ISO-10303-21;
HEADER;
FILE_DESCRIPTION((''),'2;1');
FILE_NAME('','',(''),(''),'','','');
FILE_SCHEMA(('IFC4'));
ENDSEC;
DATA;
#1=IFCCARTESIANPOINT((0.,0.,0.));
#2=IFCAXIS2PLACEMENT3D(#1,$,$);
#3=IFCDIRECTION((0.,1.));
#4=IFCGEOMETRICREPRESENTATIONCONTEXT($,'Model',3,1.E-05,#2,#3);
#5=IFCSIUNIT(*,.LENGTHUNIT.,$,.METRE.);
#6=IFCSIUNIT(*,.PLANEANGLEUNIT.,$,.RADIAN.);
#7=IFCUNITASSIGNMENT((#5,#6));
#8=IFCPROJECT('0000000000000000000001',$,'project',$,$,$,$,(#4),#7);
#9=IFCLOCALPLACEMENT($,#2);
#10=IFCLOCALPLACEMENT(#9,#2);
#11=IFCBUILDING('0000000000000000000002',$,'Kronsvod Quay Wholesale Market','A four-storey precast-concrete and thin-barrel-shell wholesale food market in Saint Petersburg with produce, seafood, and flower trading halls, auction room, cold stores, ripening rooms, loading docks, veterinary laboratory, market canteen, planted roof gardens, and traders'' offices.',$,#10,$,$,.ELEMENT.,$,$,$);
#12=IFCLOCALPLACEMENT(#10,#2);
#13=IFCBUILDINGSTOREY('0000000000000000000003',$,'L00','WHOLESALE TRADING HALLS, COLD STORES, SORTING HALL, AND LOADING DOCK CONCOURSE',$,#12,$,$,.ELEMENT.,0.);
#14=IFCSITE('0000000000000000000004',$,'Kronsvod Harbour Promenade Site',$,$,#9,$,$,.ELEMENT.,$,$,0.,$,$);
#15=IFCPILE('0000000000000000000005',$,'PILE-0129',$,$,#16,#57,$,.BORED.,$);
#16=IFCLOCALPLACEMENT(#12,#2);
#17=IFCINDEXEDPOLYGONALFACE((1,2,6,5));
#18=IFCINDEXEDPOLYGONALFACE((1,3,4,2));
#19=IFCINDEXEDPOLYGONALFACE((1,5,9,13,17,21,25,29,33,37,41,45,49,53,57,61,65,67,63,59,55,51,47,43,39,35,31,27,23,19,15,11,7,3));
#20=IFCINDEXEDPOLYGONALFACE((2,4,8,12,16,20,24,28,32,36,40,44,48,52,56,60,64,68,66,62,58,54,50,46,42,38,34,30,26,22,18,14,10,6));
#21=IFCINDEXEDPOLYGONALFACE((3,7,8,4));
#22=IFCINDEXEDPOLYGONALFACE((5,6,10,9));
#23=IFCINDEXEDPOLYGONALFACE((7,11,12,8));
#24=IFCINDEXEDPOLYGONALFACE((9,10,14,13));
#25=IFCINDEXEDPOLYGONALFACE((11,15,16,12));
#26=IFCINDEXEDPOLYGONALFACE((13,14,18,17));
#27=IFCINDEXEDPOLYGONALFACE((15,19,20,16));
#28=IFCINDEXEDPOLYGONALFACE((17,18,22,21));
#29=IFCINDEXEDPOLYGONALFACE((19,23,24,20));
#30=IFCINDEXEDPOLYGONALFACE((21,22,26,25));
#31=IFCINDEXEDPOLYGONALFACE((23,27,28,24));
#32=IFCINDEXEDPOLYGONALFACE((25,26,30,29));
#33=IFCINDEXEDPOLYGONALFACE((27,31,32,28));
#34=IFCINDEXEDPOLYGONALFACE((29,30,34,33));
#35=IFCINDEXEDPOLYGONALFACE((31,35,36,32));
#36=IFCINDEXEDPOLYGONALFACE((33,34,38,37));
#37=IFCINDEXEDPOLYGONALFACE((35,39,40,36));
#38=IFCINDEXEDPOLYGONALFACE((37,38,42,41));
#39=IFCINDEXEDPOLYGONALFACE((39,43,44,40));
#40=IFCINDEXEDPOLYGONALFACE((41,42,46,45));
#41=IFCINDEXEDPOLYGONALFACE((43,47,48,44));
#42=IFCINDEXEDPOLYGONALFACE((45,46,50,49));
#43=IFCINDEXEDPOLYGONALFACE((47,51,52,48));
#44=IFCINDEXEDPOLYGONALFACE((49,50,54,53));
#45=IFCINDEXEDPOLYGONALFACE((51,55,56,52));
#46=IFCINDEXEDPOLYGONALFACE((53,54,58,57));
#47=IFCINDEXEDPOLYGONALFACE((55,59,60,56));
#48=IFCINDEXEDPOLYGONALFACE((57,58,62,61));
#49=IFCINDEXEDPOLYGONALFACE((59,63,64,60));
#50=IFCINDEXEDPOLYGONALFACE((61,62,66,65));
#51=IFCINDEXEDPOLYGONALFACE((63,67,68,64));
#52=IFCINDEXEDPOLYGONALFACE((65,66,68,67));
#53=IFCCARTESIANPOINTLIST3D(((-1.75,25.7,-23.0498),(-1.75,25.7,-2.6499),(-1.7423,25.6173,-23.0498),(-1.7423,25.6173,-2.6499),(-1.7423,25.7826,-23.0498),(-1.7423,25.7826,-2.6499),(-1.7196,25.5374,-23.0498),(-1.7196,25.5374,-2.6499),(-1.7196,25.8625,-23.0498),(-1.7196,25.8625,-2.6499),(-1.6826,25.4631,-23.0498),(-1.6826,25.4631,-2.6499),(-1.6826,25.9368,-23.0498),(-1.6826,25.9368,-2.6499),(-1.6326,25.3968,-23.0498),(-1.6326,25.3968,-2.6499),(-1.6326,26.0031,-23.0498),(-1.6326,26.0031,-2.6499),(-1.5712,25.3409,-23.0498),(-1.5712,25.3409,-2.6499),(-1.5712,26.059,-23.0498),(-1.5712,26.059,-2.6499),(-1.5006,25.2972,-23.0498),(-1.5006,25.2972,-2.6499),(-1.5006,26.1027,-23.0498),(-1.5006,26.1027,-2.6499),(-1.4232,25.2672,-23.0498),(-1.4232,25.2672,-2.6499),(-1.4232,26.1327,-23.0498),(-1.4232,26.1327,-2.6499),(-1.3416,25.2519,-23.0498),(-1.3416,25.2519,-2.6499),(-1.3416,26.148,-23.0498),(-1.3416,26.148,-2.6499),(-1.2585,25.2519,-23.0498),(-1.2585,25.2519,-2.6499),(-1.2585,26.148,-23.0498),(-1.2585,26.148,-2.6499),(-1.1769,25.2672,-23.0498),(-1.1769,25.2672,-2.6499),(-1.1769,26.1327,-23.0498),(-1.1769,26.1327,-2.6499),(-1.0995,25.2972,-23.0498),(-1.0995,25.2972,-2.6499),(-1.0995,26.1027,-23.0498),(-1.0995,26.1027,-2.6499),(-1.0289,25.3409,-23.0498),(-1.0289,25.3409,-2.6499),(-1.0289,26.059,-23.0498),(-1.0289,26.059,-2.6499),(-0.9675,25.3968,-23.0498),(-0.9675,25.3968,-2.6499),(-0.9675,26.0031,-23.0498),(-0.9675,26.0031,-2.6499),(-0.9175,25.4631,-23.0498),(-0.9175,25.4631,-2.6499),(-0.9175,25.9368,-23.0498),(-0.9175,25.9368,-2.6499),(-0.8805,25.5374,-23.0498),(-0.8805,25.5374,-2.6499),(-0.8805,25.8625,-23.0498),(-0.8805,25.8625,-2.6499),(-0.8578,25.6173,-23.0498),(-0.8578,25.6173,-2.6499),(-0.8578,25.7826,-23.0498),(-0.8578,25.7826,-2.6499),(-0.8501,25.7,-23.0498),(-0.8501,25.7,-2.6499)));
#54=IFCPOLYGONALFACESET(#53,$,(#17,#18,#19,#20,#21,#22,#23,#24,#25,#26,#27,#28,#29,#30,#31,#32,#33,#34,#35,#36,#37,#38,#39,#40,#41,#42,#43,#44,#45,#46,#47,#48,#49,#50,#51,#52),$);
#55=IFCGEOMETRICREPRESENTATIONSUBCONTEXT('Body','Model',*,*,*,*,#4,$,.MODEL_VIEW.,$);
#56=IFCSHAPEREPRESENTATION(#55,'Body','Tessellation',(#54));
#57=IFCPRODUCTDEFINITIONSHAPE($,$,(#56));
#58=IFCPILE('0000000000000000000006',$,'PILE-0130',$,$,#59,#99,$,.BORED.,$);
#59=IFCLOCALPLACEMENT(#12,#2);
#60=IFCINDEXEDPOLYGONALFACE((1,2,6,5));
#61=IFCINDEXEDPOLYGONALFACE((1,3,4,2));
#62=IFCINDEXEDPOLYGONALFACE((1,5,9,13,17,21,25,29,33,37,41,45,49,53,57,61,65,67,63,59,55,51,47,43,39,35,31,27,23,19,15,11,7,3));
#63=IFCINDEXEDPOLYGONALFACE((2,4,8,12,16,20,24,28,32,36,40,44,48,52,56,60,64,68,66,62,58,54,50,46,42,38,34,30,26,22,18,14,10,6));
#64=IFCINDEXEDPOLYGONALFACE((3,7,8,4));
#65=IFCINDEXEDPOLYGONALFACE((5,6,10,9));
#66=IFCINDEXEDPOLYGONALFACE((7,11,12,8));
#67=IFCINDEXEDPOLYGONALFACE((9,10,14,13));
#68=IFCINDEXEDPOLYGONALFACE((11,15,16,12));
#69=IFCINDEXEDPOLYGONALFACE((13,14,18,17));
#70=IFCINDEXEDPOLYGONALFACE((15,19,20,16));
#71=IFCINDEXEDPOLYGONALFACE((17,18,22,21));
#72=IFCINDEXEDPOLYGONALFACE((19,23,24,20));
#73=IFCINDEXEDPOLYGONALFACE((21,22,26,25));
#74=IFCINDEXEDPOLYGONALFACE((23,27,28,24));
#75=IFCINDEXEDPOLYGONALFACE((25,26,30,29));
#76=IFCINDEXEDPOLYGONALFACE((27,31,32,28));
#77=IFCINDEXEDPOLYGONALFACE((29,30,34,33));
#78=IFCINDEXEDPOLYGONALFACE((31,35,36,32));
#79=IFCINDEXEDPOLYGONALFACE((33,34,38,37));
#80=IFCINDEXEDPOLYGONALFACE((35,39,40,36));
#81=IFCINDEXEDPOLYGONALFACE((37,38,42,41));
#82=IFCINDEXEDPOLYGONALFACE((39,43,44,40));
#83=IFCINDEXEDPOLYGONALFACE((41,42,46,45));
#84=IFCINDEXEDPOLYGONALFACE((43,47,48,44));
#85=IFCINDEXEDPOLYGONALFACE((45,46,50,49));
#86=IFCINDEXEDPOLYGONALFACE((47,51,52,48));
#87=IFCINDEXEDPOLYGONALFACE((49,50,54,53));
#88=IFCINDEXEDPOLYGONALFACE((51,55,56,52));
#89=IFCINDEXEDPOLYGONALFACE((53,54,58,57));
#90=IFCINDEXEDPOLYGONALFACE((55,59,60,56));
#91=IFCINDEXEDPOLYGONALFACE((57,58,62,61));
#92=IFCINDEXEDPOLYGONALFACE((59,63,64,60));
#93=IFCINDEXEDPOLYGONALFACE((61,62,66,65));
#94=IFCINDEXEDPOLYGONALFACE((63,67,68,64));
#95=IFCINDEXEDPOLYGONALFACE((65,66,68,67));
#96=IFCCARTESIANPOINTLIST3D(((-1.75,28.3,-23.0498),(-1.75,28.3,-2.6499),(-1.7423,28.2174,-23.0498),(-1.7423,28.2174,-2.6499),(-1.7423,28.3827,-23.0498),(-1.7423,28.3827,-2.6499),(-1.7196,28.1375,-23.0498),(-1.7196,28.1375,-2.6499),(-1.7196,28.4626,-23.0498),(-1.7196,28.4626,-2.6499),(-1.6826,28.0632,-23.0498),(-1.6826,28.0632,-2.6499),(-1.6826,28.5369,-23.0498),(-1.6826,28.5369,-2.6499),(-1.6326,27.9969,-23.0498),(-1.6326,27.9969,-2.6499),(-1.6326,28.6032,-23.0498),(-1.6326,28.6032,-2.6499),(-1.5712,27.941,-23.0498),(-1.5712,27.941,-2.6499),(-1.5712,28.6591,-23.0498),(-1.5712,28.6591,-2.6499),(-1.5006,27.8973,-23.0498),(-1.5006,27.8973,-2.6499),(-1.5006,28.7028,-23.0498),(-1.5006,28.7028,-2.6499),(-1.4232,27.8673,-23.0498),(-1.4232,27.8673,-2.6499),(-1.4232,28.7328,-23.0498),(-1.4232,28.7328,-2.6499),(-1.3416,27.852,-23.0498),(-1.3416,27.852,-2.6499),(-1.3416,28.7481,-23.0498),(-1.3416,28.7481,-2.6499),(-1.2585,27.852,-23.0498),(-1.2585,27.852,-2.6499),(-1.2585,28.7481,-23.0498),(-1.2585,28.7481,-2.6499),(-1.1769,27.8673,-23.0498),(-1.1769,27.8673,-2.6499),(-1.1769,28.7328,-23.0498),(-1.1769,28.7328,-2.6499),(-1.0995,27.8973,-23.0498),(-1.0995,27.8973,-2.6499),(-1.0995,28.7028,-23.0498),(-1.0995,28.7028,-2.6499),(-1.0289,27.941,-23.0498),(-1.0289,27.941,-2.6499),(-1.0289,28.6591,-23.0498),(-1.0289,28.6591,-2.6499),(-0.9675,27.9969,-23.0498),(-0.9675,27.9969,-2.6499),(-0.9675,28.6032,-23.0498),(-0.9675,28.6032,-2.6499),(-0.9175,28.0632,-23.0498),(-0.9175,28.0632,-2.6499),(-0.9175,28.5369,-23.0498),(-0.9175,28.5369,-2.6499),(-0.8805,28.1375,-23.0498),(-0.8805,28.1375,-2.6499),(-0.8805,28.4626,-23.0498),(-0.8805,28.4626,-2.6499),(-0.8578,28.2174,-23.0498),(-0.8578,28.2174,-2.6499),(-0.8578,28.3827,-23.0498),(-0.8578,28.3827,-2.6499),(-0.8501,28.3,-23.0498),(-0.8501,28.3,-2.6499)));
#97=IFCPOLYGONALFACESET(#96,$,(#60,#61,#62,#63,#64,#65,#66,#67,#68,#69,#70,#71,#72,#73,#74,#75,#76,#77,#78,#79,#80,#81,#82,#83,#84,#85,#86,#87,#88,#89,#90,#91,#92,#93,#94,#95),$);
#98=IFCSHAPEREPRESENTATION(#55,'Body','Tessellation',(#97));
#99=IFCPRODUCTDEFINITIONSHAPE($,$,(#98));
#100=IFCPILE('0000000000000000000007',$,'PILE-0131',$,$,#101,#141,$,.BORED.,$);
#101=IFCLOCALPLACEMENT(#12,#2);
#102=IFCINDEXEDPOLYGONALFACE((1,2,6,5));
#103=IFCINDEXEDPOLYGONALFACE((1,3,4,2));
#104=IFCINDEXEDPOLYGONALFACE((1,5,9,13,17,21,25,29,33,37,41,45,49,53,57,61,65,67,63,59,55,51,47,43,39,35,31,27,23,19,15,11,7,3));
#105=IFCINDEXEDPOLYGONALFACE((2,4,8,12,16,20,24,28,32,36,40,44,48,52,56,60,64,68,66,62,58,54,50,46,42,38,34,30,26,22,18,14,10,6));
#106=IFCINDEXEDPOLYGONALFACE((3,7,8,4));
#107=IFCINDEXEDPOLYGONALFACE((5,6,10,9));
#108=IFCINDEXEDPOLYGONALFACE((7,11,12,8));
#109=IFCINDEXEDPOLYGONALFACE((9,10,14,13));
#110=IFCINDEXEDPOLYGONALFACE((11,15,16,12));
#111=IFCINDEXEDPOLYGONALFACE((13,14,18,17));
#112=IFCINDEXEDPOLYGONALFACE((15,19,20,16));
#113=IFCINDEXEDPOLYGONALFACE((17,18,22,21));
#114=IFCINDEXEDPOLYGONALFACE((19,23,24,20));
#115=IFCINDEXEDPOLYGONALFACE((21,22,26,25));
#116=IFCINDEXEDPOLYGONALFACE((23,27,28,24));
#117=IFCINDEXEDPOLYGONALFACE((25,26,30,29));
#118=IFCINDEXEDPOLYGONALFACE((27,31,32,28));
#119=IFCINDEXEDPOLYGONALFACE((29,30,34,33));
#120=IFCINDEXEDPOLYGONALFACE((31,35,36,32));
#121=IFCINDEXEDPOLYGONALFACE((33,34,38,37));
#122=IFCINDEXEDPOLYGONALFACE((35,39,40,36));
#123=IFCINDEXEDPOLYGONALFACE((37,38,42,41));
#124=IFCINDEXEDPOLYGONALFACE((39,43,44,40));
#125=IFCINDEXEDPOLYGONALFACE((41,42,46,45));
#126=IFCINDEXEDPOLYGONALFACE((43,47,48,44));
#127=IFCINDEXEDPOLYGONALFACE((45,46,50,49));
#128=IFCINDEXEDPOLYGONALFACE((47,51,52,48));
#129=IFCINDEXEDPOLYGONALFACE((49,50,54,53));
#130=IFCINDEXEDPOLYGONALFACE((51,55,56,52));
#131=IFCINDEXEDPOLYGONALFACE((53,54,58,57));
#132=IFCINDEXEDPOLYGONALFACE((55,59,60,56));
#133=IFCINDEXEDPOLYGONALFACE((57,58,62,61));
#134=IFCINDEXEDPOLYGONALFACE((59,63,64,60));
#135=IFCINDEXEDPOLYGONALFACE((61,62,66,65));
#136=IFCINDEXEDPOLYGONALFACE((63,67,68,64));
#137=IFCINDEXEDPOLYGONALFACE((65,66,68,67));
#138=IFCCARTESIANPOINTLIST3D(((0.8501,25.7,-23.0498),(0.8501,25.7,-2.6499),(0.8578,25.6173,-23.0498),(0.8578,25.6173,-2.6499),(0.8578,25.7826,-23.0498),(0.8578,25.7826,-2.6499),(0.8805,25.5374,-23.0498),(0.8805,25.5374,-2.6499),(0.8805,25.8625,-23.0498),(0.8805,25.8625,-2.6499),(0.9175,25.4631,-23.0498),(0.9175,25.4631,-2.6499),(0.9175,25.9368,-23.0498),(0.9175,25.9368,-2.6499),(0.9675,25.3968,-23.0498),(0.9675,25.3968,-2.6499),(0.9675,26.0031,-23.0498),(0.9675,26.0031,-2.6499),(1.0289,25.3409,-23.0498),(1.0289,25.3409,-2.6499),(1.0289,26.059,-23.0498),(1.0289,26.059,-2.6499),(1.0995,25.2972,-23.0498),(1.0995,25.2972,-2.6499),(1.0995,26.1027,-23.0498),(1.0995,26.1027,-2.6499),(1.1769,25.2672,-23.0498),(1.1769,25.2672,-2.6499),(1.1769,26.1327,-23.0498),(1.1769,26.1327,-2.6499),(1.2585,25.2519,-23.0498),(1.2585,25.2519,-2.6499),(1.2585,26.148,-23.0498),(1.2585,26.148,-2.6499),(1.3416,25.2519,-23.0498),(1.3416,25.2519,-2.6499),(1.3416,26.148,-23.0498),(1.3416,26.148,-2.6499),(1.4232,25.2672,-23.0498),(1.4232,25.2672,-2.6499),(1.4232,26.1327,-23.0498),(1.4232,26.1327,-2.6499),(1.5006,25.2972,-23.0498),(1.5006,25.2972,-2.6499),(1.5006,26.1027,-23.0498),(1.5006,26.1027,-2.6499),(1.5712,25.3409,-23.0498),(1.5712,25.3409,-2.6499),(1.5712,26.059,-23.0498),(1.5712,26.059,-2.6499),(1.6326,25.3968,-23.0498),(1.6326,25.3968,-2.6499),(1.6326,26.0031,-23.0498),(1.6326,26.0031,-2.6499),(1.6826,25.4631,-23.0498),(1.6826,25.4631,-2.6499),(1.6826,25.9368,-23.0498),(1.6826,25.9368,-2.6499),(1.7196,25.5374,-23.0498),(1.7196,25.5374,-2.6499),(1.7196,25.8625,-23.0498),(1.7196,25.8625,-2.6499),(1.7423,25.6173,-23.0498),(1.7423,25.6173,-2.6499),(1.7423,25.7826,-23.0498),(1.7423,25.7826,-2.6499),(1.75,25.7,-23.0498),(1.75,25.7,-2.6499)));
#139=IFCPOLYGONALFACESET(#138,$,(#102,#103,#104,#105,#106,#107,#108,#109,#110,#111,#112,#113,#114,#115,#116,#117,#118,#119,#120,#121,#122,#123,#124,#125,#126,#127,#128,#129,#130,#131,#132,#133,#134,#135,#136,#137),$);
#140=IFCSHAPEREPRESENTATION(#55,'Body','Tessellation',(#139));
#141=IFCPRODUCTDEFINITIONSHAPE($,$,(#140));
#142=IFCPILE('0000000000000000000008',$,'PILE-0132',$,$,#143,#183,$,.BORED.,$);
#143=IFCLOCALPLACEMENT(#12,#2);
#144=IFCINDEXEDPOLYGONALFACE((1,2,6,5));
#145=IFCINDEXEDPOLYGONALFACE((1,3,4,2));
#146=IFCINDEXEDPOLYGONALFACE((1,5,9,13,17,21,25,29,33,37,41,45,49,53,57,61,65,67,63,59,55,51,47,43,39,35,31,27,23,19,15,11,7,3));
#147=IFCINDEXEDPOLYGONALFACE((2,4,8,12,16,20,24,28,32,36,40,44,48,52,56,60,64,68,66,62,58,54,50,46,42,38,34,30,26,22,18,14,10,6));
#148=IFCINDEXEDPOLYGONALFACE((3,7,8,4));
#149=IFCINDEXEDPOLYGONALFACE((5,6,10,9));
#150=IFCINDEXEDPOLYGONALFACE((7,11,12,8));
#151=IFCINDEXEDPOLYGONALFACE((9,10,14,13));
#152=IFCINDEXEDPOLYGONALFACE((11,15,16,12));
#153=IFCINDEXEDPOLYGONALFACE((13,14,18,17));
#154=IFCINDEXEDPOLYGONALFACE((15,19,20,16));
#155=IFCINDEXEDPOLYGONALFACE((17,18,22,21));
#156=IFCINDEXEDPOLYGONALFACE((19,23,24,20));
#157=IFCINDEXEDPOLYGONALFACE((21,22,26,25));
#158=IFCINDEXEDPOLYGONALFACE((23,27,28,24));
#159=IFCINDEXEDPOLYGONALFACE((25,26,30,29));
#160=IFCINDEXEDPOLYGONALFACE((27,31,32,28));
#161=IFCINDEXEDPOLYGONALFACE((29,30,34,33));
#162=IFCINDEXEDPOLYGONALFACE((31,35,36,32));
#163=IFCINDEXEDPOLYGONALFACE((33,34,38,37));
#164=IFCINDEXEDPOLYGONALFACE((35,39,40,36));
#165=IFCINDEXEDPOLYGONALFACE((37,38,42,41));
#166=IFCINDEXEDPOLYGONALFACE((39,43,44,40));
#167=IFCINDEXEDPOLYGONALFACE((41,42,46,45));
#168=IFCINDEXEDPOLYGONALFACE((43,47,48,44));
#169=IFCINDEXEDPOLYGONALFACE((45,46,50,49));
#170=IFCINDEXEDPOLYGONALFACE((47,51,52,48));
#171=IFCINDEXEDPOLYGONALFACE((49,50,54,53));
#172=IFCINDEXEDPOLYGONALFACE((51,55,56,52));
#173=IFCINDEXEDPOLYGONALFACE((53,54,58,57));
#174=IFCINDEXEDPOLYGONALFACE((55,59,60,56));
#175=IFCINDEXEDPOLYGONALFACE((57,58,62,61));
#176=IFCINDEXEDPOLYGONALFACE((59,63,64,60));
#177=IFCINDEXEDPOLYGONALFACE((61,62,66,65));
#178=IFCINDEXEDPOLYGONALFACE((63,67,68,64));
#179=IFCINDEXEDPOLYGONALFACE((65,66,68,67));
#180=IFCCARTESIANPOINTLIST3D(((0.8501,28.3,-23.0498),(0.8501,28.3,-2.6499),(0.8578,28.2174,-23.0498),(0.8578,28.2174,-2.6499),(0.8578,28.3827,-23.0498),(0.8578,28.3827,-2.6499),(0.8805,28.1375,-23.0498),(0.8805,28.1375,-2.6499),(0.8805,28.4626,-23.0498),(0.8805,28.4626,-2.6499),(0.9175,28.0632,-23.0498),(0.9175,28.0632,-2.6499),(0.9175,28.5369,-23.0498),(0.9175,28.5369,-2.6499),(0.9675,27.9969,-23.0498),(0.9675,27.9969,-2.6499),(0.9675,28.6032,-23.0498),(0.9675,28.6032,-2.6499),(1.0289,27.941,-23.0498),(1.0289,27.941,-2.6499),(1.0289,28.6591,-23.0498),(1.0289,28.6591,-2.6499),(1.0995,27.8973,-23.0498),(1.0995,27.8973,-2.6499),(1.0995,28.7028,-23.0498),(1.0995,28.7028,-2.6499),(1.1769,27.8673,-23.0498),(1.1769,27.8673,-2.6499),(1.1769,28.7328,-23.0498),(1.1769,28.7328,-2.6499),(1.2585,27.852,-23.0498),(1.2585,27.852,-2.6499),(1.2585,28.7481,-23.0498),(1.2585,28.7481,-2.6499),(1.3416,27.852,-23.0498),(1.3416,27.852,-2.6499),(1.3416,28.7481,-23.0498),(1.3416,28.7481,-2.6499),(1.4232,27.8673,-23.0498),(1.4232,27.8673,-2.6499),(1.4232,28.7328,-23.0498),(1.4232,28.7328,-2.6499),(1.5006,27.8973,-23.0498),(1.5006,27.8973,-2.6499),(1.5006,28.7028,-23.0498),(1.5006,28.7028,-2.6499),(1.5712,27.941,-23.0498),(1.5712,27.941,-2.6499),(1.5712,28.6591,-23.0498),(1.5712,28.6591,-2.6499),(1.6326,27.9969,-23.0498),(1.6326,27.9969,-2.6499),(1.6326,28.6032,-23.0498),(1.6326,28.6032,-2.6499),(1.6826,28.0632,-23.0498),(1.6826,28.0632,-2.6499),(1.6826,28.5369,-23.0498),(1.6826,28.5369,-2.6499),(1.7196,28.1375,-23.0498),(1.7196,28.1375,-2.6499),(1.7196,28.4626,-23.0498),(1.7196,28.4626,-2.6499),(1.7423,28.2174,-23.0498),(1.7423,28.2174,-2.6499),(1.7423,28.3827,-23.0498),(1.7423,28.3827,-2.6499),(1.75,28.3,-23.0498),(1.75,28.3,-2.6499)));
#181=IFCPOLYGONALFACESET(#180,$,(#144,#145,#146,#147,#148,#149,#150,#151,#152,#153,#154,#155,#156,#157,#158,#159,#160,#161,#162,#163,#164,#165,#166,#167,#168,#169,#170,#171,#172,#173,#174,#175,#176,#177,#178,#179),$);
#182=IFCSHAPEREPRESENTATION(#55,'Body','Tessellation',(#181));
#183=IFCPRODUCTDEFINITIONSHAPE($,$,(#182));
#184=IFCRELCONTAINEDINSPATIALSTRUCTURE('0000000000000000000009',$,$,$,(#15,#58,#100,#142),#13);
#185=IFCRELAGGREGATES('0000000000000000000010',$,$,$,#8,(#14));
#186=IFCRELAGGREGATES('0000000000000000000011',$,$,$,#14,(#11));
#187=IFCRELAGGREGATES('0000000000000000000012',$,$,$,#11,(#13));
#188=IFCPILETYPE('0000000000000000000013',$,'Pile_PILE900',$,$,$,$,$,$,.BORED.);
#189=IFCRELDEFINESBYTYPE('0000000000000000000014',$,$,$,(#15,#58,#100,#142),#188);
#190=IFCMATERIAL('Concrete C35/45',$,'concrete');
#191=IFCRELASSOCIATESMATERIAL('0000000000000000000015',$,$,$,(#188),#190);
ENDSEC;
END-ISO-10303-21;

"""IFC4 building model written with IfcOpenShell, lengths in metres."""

from ifc_helpers import new_model, si_unit, direction, frame, origin, origin_2d, place, context, subcontext, project, spatial, circle, extrude, material, material_profile, profile_set, type_object, element, save


model = new_model("IFC4")

# Units and contexts
model_context = context("Model", 3, precision=1e-05, world=origin(), true_north=direction((0.0, 1.0)))
body_context = subcontext(model_context, "Body", "Model", "MODEL_VIEW")
ifc_project = project(units=[si_unit("LENGTHUNIT", "METRE"), si_unit("PLANEANGLEUNIT", "RADIAN")], contexts=[model_context])

# Site, building, storey
site_placement = place(None, origin())
site = spatial("IfcSite", under=ifc_project, at=site_placement, Name="Kronsvod Harbour Promenade Site", CompositionType="ELEMENT", RefElevation=0.0)
building_placement = place(site_placement, origin())
building = spatial("IfcBuilding", under=site, at=building_placement, Name="Kronsvod Quay Wholesale Market", Description="A four-storey precast-concrete and thin-barrel-shell wholesale food market in Saint Petersburg with produce, seafood, and flower trading halls, auction room, cold stores, ripening rooms, loading docks, veterinary laboratory, market canteen, planted roof gardens, and traders' offices.", CompositionType="ELEMENT")
storey_placement = place(building_placement, origin())
storey = spatial("IfcBuildingStorey", under=building, at=storey_placement, Name="L00", Description="WHOLESALE TRADING HALLS, COLD STORES, SORTING HALL, AND LOADING DOCK CONCOURSE", CompositionType="ELEMENT", Elevation=0.0)

# Piles
ifc_material_1 = material(Name="Concrete C35/45", Category="concrete")
ifc_material_profile_1 = material_profile(ifc_material_1, circle(Radius=0.45, at=origin_2d()), Name="PILE900")
ifc_profile_set_1 = profile_set([ifc_material_profile_1], Name="Concrete C35/45")
pile_type = type_object("IfcPileType", Name="Pile_PILE900", PredefinedType="BORED", material=ifc_profile_set_1)
for number, where, z_axis, x_axis, name in (
    (1, (-1.3, 25.7, -2.6499), (0.0, 0.0, -1.0), (1.0, 0.0, 0.0), "PILE-0129"),
    (2, (-1.3, 28.3, -2.6499), (0.0, 0.0, -1.0), (1.0, 0.0, 0.0), "PILE-0130"),
    (3, (1.3, 25.7, -2.6499), (0.0, 0.0, -1.0), (1.0, 0.0, 0.0), "PILE-0131"),
    (4, (1.3, 28.3, -2.6499), (0.0, 0.0, -1.0), (1.0, 0.0, 0.0), "PILE-0132"),
):
    element("IfcPile", number, at=place(storey_placement, frame(where, z_axis=z_axis, x_axis=x_axis)), inside=storey, type_object=pile_type, Name=name, PredefinedType="BORED", context=body_context, shape_type="SweptSolid", body=[
        extrude(circle(Radius=0.45, at=origin_2d()), origin(), (0.0, 0.0, 1.0), 20.3999),
    ])

save(model, "model.ifc")
